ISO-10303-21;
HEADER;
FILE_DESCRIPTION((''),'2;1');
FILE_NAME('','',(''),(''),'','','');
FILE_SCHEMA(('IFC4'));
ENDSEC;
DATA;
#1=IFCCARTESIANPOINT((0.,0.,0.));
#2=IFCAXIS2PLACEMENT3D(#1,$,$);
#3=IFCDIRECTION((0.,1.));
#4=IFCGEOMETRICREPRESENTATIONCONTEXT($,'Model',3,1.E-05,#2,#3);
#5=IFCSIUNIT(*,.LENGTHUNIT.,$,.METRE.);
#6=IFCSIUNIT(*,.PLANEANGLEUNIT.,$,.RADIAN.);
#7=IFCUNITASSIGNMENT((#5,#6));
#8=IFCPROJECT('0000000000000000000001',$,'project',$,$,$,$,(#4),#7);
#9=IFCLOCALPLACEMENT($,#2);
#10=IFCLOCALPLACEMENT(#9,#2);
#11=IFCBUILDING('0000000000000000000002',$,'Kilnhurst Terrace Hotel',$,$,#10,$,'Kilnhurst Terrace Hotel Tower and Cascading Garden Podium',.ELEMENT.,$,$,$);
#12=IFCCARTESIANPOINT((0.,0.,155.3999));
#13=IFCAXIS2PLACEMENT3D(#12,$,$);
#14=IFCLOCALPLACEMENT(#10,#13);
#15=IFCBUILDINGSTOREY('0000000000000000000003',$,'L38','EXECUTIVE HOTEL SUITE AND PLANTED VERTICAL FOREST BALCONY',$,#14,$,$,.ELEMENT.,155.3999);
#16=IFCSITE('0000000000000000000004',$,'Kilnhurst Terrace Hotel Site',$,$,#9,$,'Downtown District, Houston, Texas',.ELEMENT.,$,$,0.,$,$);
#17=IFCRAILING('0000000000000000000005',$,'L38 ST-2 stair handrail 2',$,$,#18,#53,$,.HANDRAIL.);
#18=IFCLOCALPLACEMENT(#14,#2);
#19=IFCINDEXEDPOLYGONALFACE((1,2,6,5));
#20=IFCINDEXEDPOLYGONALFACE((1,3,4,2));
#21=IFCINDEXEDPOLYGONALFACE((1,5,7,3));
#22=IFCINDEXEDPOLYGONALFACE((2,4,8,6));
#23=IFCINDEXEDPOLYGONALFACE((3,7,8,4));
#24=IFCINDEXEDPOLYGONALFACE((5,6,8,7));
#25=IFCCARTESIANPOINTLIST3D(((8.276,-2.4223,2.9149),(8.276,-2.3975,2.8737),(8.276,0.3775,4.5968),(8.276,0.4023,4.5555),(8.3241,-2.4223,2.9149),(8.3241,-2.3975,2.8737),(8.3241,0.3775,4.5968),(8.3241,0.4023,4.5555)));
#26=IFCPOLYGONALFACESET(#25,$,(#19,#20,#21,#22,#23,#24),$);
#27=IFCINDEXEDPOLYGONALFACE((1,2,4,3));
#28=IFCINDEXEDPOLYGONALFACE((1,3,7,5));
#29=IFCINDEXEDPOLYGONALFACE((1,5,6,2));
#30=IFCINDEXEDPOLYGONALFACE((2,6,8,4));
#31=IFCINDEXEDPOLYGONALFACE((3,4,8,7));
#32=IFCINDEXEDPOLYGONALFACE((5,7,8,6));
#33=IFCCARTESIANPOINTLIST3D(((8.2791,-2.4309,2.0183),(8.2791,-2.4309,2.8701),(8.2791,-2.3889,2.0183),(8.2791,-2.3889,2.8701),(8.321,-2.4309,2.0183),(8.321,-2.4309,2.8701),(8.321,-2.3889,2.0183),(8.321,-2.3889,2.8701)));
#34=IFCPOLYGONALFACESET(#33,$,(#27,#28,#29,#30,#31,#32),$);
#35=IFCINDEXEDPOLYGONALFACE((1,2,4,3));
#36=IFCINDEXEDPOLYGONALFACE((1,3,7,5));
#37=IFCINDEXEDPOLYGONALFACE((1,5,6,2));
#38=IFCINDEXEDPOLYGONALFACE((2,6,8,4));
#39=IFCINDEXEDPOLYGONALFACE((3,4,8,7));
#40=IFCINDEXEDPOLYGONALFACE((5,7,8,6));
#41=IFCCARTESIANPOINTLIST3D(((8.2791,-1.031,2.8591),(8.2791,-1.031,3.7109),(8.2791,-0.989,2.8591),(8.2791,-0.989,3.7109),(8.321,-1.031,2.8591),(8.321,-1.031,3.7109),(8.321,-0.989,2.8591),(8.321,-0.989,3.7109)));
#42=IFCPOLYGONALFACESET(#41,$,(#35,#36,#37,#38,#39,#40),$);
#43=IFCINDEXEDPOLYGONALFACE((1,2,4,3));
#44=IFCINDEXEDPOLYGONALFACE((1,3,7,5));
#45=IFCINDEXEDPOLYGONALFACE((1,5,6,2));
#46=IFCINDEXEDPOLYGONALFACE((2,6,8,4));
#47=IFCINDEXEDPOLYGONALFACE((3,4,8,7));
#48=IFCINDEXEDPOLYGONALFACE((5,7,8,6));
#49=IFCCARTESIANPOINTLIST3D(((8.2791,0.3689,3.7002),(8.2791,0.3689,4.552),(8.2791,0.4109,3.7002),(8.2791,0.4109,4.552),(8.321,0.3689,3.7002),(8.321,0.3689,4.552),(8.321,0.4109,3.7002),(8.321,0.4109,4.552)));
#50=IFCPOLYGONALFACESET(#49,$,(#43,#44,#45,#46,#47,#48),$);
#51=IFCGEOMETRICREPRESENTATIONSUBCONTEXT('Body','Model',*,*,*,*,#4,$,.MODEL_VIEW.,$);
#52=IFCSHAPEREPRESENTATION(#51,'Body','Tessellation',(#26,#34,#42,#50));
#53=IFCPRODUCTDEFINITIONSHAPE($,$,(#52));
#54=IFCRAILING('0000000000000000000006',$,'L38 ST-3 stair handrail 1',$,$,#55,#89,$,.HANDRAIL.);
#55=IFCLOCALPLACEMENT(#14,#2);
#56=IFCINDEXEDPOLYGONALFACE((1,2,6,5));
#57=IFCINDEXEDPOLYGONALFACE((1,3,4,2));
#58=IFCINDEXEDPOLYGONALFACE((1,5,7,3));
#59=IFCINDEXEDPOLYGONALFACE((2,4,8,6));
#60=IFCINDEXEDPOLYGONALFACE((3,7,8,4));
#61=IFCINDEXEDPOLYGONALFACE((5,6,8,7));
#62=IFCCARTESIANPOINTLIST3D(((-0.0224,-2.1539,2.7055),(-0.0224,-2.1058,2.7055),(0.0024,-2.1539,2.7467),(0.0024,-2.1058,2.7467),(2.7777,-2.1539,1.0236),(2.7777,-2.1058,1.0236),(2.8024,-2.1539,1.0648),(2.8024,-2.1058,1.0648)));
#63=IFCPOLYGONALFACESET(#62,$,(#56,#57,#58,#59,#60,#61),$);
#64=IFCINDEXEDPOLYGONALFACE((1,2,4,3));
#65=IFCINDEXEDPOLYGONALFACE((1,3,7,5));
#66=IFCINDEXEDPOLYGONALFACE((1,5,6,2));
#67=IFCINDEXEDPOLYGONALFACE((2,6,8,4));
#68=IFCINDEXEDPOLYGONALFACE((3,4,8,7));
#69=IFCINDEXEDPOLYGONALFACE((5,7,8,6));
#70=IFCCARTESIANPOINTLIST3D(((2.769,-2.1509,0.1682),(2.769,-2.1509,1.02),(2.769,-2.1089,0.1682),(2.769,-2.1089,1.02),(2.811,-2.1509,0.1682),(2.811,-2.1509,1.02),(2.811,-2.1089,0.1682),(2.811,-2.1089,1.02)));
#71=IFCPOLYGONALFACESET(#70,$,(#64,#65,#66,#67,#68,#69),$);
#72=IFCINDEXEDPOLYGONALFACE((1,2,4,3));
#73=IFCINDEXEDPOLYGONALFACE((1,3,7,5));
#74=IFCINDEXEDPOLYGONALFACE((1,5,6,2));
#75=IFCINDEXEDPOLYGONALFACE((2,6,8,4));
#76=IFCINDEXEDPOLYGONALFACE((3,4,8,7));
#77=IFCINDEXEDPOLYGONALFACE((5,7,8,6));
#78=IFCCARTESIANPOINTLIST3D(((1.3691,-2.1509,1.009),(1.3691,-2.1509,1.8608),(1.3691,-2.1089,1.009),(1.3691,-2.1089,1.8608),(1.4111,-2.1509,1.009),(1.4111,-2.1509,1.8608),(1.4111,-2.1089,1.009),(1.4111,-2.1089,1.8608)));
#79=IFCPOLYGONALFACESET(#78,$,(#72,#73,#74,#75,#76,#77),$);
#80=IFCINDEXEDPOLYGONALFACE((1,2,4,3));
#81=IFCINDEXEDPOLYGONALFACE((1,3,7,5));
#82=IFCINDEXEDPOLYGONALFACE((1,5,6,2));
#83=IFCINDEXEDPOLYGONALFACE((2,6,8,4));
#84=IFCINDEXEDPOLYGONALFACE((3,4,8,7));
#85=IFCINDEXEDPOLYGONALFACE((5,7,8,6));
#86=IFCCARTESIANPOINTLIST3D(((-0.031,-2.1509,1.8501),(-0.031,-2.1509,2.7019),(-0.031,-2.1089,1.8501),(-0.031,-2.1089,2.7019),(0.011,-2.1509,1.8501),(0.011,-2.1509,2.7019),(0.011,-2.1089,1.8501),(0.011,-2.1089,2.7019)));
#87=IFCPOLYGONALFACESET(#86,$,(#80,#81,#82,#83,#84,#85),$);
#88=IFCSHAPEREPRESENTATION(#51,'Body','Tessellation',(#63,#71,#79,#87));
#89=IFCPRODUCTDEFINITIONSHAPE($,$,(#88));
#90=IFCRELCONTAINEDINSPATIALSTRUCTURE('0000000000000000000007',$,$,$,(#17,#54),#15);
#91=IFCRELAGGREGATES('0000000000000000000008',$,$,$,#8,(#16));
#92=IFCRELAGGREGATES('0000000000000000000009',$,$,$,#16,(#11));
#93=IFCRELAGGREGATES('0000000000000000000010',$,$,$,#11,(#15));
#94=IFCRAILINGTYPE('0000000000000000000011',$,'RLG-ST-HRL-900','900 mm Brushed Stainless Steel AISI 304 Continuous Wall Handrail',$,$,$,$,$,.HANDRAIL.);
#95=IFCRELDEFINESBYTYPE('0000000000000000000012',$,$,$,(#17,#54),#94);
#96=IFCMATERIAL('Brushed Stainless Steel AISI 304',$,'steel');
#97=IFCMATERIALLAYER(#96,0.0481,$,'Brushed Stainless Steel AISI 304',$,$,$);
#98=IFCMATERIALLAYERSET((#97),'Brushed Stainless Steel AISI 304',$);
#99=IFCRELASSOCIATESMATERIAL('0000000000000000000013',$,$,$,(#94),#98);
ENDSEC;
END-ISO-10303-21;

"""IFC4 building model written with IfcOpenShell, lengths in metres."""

from ifc_helpers import new_model, si_unit, direction, frame, origin, origin_2d, place, context, subcontext, project, spatial, rectangle, extrude, material, layer, layer_set, type_object, element, save


model = new_model("IFC4")

# Units and contexts
model_context = context("Model", 3, precision=1e-05, world=origin(), true_north=direction((0.0, 1.0)))
body_context = subcontext(model_context, "Body", "Model", "MODEL_VIEW")
ifc_project = project(units=[si_unit("LENGTHUNIT", "METRE"), si_unit("PLANEANGLEUNIT", "RADIAN")], contexts=[model_context])

# Site, building, storey
site_placement = place(None, origin())
site = spatial("IfcSite", under=ifc_project, at=site_placement, Name="Kilnhurst Terrace Hotel Site", LongName="Downtown District, Houston, Texas", CompositionType="ELEMENT", RefElevation=0.0)
building_placement = place(site_placement, origin())
building = spatial("IfcBuilding", under=site, at=building_placement, Name="Kilnhurst Terrace Hotel", LongName="Kilnhurst Terrace Hotel Tower and Cascading Garden Podium", CompositionType="ELEMENT")
storey_placement = place(building_placement, frame((0.0, 0.0, 155.3999)))
storey = spatial("IfcBuildingStorey", under=building, at=storey_placement, Name="L38", Description="EXECUTIVE HOTEL SUITE AND PLANTED VERTICAL FOREST BALCONY", CompositionType="ELEMENT", Elevation=155.3999)

# Railings
ifc_material_1 = material(Name="Brushed Stainless Steel AISI 304", Category="steel")
ifc_layer_1 = layer(ifc_material_1, 0.0481, Name="Brushed Stainless Steel AISI 304")
ifc_layer_set_1 = layer_set([ifc_layer_1], Name="Brushed Stainless Steel AISI 304")
railing_type_1 = type_object("IfcRailingType", Name="RLG-ST-HRL-900", Description="900 mm Brushed Stainless Steel AISI 304 Continuous Wall Handrail", PredefinedType="HANDRAIL", material=ifc_layer_set_1)
railing_1_placement = place(storey_placement, frame((8.3, -2.4099, 2.0183)))
element("IfcRailing", 1, at=railing_1_placement, inside=storey, type_object=railing_type_1, Name="L38 ST-2 stair handrail 2", PredefinedType="HANDRAIL", context=body_context, shape_type="SweptSolid", body=[
    extrude(rectangle(XDim=0.0481, YDim=0.0481, at=origin_2d()), frame((0.0, 0.0, 0.876), z_axis=(0.0, 0.857222, 0.514946), x_axis=(-1.0, 0.0, 0.0)), (0.0, 0.0, 1.0), 3.2661),
    extrude(rectangle(XDim=0.042, YDim=0.042, at=origin_2d()), origin(), (0.0, 0.0, 1.0), 0.8518),
    extrude(rectangle(XDim=0.042, YDim=0.042, at=origin_2d()), frame((0.0, 1.3999, 0.8408)), (0.0, 0.0, 1.0), 0.8518),
    extrude(rectangle(XDim=0.042, YDim=0.042, at=origin_2d()), frame((0.0, 2.7998, 1.6819)), (0.0, 0.0, 1.0), 0.8518),
])
railing_2_placement = place(storey_placement, frame((2.79, -2.1299, 0.1682)))
element("IfcRailing", 2, at=railing_2_placement, inside=storey, type_object=railing_type_1, Name="L38 ST-3 stair handrail 1", PredefinedType="HANDRAIL", context=body_context, shape_type="SweptSolid", body=[
    extrude(rectangle(XDim=0.0481, YDim=0.0481, at=origin_2d()), frame((0.0, 0.0, 0.876), z_axis=(-0.857242, 0.0, 0.514913), x_axis=(0.0, -1.0, 0.0)), (0.0, 0.0, 1.0), 3.2664),
    extrude(rectangle(XDim=0.042, YDim=0.042, at=origin_2d()), origin(), (0.0, 0.0, 1.0), 0.8518),
    extrude(rectangle(XDim=0.042, YDim=0.042, at=origin_2d()), frame((-1.3999, 0.0, 0.8408)), (0.0, 0.0, 1.0), 0.8518),
    extrude(rectangle(XDim=0.042, YDim=0.042, at=origin_2d()), frame((-2.8, 0.0, 1.6819)), (0.0, 0.0, 1.0), 0.8518),
])

save(model, "model.ifc")
